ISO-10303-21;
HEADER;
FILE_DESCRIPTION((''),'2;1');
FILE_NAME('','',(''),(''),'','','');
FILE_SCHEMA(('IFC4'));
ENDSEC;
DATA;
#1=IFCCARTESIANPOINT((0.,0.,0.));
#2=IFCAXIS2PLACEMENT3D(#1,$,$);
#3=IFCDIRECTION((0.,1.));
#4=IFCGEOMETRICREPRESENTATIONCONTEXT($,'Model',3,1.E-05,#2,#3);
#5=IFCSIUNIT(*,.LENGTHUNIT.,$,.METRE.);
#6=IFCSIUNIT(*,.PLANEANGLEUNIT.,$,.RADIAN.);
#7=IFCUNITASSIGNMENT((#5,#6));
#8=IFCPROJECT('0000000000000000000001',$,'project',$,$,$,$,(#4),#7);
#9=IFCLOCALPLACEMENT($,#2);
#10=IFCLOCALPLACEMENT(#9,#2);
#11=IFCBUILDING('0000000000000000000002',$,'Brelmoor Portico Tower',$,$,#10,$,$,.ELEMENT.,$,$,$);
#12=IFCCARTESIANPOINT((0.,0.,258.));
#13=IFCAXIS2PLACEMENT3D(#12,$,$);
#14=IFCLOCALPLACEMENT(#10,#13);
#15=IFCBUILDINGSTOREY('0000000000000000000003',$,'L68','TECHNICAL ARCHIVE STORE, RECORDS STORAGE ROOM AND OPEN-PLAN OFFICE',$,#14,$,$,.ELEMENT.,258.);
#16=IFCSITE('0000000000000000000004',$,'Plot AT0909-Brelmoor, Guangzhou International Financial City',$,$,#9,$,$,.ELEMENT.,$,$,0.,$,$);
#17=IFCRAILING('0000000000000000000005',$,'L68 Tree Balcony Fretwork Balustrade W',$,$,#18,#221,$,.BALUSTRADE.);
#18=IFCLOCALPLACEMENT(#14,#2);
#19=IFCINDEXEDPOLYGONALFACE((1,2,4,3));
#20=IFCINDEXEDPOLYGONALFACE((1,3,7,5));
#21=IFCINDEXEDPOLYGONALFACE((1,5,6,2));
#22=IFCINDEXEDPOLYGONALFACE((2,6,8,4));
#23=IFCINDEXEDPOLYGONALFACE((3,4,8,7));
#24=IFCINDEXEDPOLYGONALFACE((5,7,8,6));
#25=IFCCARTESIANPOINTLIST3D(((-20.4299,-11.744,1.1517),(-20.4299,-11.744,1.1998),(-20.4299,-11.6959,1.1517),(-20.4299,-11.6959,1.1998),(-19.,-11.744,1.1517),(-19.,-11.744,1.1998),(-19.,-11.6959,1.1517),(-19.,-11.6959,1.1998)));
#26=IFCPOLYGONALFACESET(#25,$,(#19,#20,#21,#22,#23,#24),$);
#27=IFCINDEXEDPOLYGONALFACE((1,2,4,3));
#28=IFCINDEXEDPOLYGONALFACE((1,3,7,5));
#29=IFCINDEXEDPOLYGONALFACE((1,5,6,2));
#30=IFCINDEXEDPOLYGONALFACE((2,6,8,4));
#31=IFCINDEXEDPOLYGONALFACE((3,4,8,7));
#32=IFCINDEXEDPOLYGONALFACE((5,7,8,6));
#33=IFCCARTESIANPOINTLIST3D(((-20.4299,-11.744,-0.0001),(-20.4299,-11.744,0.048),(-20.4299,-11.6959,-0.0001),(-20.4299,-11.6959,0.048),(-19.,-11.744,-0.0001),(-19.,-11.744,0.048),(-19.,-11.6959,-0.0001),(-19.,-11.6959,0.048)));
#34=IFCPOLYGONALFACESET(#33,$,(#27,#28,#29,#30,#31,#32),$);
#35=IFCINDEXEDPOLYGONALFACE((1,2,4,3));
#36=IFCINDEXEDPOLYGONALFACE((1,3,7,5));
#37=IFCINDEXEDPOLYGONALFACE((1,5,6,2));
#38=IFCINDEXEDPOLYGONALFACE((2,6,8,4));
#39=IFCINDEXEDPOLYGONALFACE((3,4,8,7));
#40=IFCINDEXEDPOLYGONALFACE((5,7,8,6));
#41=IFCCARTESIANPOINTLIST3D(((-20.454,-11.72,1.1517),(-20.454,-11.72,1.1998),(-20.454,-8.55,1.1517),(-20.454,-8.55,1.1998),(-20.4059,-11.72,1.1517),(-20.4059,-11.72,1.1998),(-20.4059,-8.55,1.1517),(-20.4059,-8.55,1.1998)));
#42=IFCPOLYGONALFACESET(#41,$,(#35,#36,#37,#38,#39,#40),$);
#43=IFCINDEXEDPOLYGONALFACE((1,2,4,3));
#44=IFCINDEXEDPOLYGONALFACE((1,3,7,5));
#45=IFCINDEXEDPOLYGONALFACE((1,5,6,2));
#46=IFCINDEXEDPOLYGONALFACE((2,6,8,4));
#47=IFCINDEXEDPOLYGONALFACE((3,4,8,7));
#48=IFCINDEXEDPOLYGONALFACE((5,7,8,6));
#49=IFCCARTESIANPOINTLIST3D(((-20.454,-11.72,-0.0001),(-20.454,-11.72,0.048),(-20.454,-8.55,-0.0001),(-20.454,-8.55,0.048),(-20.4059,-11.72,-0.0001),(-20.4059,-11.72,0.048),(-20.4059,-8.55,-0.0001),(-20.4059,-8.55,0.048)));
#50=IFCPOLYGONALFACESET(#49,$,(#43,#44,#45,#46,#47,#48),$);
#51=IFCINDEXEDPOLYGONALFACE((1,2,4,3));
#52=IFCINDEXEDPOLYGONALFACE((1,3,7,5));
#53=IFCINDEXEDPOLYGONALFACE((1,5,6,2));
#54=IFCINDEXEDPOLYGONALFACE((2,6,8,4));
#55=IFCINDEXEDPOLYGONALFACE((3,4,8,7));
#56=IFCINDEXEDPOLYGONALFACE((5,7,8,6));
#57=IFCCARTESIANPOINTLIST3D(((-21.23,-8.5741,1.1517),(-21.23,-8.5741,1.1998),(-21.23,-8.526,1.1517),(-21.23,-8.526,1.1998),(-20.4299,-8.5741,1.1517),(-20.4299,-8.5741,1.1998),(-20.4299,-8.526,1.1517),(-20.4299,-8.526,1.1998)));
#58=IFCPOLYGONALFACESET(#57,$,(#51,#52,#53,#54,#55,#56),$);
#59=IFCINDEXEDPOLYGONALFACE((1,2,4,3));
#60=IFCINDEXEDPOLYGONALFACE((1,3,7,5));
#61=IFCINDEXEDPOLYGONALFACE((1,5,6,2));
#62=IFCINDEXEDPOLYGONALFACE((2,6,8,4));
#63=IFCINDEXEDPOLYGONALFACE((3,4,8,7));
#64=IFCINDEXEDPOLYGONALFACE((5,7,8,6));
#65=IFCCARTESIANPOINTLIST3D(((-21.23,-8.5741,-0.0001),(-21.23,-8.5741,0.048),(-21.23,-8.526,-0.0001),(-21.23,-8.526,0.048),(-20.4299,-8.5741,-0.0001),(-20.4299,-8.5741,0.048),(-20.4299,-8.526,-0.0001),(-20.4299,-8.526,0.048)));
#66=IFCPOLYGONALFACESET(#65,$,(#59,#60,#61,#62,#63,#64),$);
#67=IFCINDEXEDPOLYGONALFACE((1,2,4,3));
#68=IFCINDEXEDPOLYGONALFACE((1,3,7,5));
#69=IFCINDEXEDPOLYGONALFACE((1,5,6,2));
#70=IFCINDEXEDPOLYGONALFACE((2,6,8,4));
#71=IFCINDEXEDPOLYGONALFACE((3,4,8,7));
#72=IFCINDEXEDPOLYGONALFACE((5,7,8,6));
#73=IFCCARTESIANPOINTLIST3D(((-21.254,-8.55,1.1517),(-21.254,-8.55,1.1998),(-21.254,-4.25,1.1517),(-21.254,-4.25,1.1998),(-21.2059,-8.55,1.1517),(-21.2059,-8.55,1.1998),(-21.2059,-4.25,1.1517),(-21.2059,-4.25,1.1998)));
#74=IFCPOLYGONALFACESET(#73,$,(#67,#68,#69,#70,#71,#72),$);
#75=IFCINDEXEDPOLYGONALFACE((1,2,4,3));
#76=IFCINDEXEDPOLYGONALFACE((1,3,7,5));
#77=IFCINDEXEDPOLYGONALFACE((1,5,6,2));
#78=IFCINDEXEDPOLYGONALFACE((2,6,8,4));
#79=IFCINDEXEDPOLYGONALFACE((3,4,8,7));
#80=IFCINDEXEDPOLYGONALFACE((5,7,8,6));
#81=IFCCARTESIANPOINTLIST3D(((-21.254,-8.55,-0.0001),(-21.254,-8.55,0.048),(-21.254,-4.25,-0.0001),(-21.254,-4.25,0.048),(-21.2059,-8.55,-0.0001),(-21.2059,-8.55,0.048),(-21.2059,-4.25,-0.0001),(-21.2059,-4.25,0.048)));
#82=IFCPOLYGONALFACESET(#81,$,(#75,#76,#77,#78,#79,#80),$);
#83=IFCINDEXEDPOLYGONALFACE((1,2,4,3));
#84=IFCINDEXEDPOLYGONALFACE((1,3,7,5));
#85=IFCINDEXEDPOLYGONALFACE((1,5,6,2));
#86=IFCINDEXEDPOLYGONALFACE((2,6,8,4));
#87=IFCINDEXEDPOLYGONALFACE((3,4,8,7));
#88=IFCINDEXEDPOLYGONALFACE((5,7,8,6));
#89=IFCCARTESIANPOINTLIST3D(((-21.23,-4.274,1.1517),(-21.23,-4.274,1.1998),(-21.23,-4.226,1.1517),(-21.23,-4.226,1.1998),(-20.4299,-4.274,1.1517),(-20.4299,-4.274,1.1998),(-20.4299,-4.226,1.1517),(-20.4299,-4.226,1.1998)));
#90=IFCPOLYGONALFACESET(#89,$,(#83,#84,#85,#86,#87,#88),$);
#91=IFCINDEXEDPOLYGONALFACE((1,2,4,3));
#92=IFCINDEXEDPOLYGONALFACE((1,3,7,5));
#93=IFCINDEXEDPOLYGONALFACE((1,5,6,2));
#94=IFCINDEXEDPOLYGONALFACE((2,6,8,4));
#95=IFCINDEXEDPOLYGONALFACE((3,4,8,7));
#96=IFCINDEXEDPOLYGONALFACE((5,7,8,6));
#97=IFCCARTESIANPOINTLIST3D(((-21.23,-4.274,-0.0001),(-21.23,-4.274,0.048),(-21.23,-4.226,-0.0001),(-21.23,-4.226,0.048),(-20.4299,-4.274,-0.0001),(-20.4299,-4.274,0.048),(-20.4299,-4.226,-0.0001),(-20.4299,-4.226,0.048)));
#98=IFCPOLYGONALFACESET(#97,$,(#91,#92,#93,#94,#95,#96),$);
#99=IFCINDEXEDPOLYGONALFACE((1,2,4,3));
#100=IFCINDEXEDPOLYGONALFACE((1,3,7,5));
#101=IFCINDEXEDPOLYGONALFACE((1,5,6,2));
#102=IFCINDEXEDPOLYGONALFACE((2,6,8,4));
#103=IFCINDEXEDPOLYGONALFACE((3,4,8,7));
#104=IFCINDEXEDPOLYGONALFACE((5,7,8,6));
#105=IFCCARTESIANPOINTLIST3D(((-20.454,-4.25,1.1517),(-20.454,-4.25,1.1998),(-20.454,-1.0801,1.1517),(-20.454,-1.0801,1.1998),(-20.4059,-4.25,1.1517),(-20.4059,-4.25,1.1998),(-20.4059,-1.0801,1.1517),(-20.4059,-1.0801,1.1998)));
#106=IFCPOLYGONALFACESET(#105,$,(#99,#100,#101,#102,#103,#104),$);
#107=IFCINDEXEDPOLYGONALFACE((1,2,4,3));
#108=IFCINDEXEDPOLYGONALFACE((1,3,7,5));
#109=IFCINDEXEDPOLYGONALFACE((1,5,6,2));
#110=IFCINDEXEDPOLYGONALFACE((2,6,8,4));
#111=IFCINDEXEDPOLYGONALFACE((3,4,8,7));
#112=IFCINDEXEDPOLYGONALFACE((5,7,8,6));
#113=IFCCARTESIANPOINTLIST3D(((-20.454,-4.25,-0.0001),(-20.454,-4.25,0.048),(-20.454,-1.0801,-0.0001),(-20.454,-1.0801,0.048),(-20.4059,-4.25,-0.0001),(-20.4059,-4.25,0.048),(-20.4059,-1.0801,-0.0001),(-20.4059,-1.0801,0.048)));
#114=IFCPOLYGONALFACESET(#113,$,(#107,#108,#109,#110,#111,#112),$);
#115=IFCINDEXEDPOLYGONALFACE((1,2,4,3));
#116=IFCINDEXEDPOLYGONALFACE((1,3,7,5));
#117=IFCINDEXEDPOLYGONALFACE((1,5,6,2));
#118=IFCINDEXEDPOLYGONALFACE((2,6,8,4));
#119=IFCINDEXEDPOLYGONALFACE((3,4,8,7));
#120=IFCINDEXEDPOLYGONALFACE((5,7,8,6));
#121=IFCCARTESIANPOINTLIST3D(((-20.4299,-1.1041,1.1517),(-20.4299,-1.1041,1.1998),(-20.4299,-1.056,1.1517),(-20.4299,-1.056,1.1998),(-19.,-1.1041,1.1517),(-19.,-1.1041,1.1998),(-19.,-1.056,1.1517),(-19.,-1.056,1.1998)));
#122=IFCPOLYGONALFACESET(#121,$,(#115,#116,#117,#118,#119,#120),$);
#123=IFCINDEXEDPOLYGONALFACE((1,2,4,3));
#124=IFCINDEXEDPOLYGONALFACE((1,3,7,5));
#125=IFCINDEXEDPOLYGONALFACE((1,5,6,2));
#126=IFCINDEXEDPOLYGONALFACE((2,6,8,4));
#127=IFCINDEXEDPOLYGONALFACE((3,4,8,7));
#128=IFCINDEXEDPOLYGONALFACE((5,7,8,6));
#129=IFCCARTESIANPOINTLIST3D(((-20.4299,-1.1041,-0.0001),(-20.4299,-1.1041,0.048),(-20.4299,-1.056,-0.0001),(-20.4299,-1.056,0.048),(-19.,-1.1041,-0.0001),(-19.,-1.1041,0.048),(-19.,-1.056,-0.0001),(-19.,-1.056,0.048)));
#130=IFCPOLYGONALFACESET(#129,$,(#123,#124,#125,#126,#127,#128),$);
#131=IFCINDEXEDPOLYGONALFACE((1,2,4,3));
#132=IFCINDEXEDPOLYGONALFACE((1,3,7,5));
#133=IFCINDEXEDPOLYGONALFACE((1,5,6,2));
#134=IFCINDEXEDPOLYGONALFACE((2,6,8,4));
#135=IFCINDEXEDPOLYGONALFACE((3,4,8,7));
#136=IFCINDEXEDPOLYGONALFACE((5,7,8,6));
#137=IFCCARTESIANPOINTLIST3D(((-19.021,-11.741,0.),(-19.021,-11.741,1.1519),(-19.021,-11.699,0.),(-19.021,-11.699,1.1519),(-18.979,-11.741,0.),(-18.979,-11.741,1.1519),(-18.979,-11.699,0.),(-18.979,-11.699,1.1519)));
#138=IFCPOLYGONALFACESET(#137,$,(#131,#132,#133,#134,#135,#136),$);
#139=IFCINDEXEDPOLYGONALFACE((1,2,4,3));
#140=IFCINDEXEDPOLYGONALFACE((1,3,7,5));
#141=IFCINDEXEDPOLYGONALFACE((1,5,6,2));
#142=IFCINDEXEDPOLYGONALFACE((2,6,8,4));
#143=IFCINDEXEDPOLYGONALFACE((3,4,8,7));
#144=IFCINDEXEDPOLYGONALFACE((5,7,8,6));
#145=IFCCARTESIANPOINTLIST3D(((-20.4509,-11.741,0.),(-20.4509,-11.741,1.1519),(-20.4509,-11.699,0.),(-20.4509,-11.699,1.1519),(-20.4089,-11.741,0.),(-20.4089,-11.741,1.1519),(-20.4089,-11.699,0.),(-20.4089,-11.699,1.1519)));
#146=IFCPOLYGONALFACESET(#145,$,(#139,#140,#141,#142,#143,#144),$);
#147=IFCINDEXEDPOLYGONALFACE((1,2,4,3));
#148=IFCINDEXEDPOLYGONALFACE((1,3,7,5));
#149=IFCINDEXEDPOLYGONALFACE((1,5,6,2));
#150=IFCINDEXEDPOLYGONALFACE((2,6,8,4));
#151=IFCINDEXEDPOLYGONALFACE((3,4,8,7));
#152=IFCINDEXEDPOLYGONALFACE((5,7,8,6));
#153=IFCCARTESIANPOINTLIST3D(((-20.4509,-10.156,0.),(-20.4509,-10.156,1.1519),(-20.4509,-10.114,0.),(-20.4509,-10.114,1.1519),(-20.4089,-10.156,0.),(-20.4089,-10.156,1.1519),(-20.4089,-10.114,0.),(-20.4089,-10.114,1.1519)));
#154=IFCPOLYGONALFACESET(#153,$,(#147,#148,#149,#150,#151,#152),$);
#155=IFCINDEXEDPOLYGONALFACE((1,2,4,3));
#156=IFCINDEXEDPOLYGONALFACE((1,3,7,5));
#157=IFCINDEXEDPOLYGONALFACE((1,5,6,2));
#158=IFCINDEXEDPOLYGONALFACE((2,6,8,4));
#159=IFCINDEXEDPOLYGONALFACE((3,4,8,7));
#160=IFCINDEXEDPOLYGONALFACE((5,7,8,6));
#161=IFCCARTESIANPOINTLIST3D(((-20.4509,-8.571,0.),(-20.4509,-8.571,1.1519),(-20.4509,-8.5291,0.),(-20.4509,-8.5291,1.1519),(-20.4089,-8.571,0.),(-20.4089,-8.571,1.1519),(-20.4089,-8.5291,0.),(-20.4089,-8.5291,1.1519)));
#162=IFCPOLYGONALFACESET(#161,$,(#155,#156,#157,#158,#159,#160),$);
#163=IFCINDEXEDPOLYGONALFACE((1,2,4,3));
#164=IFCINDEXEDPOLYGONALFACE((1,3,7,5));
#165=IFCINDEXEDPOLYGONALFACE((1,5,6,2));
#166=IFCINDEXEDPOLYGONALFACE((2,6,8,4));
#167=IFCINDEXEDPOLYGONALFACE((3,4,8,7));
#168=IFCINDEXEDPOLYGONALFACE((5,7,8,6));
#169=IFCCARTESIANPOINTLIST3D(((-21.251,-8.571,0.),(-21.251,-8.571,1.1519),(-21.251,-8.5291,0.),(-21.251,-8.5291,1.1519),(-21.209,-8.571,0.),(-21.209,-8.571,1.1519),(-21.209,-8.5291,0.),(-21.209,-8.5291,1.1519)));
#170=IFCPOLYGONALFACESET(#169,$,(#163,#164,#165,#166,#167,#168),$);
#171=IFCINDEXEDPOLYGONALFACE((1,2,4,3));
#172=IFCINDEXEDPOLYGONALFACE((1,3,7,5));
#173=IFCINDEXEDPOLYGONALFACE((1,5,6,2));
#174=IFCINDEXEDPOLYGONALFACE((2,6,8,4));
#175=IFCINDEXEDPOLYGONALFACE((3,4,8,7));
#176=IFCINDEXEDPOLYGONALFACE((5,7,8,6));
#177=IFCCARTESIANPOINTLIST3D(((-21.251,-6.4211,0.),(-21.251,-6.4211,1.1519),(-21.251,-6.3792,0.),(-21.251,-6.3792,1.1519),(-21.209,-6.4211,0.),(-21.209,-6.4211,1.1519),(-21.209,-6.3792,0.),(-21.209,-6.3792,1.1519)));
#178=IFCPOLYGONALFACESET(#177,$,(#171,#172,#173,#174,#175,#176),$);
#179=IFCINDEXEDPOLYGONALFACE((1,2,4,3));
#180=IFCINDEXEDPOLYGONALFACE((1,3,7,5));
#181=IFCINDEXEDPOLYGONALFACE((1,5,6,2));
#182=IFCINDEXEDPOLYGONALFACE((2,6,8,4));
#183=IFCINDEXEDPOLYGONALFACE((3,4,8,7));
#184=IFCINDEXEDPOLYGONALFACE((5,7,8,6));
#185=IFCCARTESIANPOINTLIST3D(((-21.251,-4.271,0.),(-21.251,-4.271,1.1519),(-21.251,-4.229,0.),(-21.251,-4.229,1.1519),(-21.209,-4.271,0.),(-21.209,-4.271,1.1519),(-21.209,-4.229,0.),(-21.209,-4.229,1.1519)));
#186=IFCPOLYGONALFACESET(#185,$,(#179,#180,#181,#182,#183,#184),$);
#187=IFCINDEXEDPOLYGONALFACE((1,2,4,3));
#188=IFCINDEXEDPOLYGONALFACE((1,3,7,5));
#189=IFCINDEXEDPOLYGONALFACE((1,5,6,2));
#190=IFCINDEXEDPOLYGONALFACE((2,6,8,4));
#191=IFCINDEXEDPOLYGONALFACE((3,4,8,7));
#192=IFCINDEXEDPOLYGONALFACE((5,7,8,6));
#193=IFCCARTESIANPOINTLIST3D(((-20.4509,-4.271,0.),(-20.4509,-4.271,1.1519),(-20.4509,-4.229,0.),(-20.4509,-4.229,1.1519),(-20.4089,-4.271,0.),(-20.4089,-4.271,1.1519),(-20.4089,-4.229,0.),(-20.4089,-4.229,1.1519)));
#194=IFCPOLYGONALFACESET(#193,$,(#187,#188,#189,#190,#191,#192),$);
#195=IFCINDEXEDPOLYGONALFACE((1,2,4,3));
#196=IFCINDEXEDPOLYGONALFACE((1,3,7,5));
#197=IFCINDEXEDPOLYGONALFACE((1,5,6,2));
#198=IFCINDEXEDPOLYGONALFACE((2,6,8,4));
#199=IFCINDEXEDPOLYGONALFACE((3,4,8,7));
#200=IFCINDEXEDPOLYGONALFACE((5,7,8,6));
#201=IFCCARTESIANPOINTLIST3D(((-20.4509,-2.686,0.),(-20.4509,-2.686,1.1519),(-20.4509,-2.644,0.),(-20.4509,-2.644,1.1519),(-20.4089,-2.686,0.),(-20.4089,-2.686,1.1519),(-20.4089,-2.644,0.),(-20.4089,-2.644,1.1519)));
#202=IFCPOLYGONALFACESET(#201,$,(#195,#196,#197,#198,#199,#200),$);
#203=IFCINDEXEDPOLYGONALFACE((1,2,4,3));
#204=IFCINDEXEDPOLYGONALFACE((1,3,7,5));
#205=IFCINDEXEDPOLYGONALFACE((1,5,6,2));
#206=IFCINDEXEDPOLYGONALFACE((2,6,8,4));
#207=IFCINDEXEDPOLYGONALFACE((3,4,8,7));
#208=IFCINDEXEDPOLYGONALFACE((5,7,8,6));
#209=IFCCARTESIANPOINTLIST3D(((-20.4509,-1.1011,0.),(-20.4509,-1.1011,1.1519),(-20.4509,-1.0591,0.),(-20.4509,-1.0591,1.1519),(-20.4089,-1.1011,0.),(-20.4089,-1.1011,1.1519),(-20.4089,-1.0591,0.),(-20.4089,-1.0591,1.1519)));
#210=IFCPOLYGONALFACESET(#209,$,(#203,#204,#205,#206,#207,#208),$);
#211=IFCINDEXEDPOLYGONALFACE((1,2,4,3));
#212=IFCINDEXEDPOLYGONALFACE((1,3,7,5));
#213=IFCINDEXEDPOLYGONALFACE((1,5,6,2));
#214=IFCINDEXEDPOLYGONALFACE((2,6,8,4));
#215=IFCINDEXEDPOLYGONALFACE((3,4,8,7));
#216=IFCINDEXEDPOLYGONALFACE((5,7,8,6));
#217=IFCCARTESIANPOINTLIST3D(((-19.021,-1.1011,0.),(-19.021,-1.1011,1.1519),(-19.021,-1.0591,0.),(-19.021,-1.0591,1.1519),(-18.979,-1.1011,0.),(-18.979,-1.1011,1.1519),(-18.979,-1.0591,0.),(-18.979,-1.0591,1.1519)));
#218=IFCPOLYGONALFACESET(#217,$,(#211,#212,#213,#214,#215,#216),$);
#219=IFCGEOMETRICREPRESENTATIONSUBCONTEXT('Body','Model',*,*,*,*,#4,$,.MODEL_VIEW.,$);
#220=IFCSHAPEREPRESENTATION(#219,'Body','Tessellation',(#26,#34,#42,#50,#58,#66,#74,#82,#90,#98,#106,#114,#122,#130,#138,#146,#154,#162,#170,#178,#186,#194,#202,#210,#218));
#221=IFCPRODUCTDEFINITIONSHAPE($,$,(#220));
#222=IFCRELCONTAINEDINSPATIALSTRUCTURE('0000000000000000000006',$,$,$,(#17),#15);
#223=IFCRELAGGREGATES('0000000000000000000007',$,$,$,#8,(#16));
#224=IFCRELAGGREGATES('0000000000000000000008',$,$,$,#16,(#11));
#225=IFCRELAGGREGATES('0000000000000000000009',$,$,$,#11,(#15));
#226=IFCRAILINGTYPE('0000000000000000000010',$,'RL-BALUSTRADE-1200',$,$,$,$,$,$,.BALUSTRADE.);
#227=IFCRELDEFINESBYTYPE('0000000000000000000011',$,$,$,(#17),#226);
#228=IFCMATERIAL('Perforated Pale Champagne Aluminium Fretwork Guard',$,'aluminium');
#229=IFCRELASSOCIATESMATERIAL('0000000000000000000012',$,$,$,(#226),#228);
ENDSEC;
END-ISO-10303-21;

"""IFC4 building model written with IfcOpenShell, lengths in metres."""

from ifc_helpers import new_model, si_unit, direction, frame, origin, origin_2d, place, context, subcontext, project, spatial, rectangle, extrude, material, type_object, element, save


model = new_model("IFC4")

# Units and contexts
model_context = context("Model", 3, precision=1e-05, world=origin(), true_north=direction((0.0, 1.0)))
body_context = subcontext(model_context, "Body", "Model", "MODEL_VIEW")
ifc_project = project(units=[si_unit("LENGTHUNIT", "METRE"), si_unit("PLANEANGLEUNIT", "RADIAN")], contexts=[model_context])

# Site, building, storey
site_placement = place(None, origin())
site = spatial("IfcSite", under=ifc_project, at=site_placement, Name="Plot AT0909-Brelmoor, Guangzhou International Financial City", CompositionType="ELEMENT", RefElevation=0.0)
building_placement = place(site_placement, origin())
building = spatial("IfcBuilding", under=site, at=building_placement, Name="Brelmoor Portico Tower", CompositionType="ELEMENT")
storey_placement = place(building_placement, frame((0.0, 0.0, 258.0)))
storey = spatial("IfcBuildingStorey", under=building, at=storey_placement, Name="L68", Description="TECHNICAL ARCHIVE STORE, RECORDS STORAGE ROOM AND OPEN-PLAN OFFICE", CompositionType="ELEMENT", Elevation=258.0)

# Railing
ifc_material_1 = material(Name="Perforated Pale Champagne Aluminium Fretwork Guard", Category="aluminium")
railing_type = type_object("IfcRailingType", Name="RL-BALUSTRADE-1200", PredefinedType="BALUSTRADE", material=ifc_material_1)
railing_1_placement = place(storey_placement, frame((-19.0, -11.72, 0.0)))
element("IfcRailing", 1, at=railing_1_placement, inside=storey, type_object=railing_type, Name="L68 Tree Balcony Fretwork Balustrade W", PredefinedType="BALUSTRADE", context=body_context, shape_type="SweptSolid", body=[
    extrude(rectangle(XDim=0.0481, YDim=0.0481, at=origin_2d()), frame((0.0, 0.0, 1.1758), z_axis=(-1.0, 0.0, 0.0), x_axis=(0.0, -1.0, 0.0)), (0.0, 0.0, 1.0), 1.4299),
    extrude(rectangle(XDim=0.0481, YDim=0.0481, at=origin_2d()), frame((0.0, 0.0, 0.0239), z_axis=(-1.0, 0.0, 0.0), x_axis=(0.0, -1.0, 0.0)), (0.0, 0.0, 1.0), 1.4299),
    extrude(rectangle(XDim=0.0481, YDim=0.0481, at=origin_2d()), frame((-1.4299, 0.0, 1.1758), z_axis=(0.0, 1.0, 0.0), x_axis=(-1.0, 0.0, 0.0)), (0.0, 0.0, 1.0), 3.1699),
    extrude(rectangle(XDim=0.0481, YDim=0.0481, at=origin_2d()), frame((-1.4299, 0.0, 0.0239), z_axis=(0.0, 1.0, 0.0), x_axis=(-1.0, 0.0, 0.0)), (0.0, 0.0, 1.0), 3.1699),
    extrude(rectangle(XDim=0.0481, YDim=0.0481, at=origin_2d()), frame((-1.4299, 3.1699, 1.1758), z_axis=(-1.0, 0.0, 0.0), x_axis=(0.0, -1.0, 0.0)), (0.0, 0.0, 1.0), 0.8),
    extrude(rectangle(XDim=0.0481, YDim=0.0481, at=origin_2d()), frame((-1.4299, 3.1699, 0.0239), z_axis=(-1.0, 0.0, 0.0), x_axis=(0.0, -1.0, 0.0)), (0.0, 0.0, 1.0), 0.8),
    extrude(rectangle(XDim=0.0481, YDim=0.0481, at=origin_2d()), frame((-2.23, 3.1699, 1.1758), z_axis=(0.0, 1.0, 0.0), x_axis=(-1.0, 0.0, 0.0)), (0.0, 0.0, 1.0), 4.3),
    extrude(rectangle(XDim=0.0481, YDim=0.0481, at=origin_2d()), frame((-2.23, 3.1699, 0.0239), z_axis=(0.0, 1.0, 0.0), x_axis=(-1.0, 0.0, 0.0)), (0.0, 0.0, 1.0), 4.3),
    extrude(rectangle(XDim=0.0481, YDim=0.0481, at=origin_2d()), frame((-2.23, 7.47, 1.1758), z_axis=(1.0, 0.0, 0.0), x_axis=(0.0, 1.0, 0.0)), (0.0, 0.0, 1.0), 0.8),
    extrude(rectangle(XDim=0.0481, YDim=0.0481, at=origin_2d()), frame((-2.23, 7.47, 0.0239), z_axis=(1.0, 0.0, 0.0), x_axis=(0.0, 1.0, 0.0)), (0.0, 0.0, 1.0), 0.8),
    extrude(rectangle(XDim=0.0481, YDim=0.0481, at=origin_2d()), frame((-1.4299, 7.47, 1.1758), z_axis=(0.0, 1.0, 0.0), x_axis=(-1.0, 0.0, 0.0)), (0.0, 0.0, 1.0), 3.1699),
    extrude(rectangle(XDim=0.0481, YDim=0.0481, at=origin_2d()), frame((-1.4299, 7.47, 0.0239), z_axis=(0.0, 1.0, 0.0), x_axis=(-1.0, 0.0, 0.0)), (0.0, 0.0, 1.0), 3.1699),
    extrude(rectangle(XDim=0.0481, YDim=0.0481, at=origin_2d()), frame((-1.4299, 10.6399, 1.1758), z_axis=(1.0, 0.0, 0.0), x_axis=(0.0, 1.0, 0.0)), (0.0, 0.0, 1.0), 1.4299),
    extrude(rectangle(XDim=0.0481, YDim=0.0481, at=origin_2d()), frame((-1.4299, 10.6399, 0.0239), z_axis=(1.0, 0.0, 0.0), x_axis=(0.0, 1.0, 0.0)), (0.0, 0.0, 1.0), 1.4299),
    extrude(rectangle(XDim=0.042, YDim=0.042, at=origin_2d()), origin(), (0.0, 0.0, 1.0), 1.1519),
    extrude(rectangle(XDim=0.042, YDim=0.042, at=origin_2d()), frame((-1.4299, 0.0, 0.0)), (0.0, 0.0, 1.0), 1.1519),
    extrude(rectangle(XDim=0.042, YDim=0.042, at=origin_2d()), frame((-1.4299, 1.585, 0.0)), (0.0, 0.0, 1.0), 1.1519),
    extrude(rectangle(XDim=0.042, YDim=0.042, at=origin_2d()), frame((-1.4299, 3.1699, 0.0)), (0.0, 0.0, 1.0), 1.1519),
    extrude(rectangle(XDim=0.042, YDim=0.042, at=origin_2d()), frame((-2.23, 3.1699, 0.0)), (0.0, 0.0, 1.0), 1.1519),
    extrude(rectangle(XDim=0.042, YDim=0.042, at=origin_2d()), frame((-2.23, 5.3198, 0.0)), (0.0, 0.0, 1.0), 1.1519),
    extrude(rectangle(XDim=0.042, YDim=0.042, at=origin_2d()), frame((-2.23, 7.47, 0.0)), (0.0, 0.0, 1.0), 1.1519),
    extrude(rectangle(XDim=0.042, YDim=0.042, at=origin_2d()), frame((-1.4299, 7.47, 0.0)), (0.0, 0.0, 1.0), 1.1519),
    extrude(rectangle(XDim=0.042, YDim=0.042, at=origin_2d()), frame((-1.4299, 9.0549, 0.0)), (0.0, 0.0, 1.0), 1.1519),
    extrude(rectangle(XDim=0.042, YDim=0.042, at=origin_2d()), frame((-1.4299, 10.6399, 0.0)), (0.0, 0.0, 1.0), 1.1519),
    extrude(rectangle(XDim=0.042, YDim=0.042, at=origin_2d()), frame((0.0, 10.6399, 0.0)), (0.0, 0.0, 1.0), 1.1519),
])

save(model, "model.ifc")
